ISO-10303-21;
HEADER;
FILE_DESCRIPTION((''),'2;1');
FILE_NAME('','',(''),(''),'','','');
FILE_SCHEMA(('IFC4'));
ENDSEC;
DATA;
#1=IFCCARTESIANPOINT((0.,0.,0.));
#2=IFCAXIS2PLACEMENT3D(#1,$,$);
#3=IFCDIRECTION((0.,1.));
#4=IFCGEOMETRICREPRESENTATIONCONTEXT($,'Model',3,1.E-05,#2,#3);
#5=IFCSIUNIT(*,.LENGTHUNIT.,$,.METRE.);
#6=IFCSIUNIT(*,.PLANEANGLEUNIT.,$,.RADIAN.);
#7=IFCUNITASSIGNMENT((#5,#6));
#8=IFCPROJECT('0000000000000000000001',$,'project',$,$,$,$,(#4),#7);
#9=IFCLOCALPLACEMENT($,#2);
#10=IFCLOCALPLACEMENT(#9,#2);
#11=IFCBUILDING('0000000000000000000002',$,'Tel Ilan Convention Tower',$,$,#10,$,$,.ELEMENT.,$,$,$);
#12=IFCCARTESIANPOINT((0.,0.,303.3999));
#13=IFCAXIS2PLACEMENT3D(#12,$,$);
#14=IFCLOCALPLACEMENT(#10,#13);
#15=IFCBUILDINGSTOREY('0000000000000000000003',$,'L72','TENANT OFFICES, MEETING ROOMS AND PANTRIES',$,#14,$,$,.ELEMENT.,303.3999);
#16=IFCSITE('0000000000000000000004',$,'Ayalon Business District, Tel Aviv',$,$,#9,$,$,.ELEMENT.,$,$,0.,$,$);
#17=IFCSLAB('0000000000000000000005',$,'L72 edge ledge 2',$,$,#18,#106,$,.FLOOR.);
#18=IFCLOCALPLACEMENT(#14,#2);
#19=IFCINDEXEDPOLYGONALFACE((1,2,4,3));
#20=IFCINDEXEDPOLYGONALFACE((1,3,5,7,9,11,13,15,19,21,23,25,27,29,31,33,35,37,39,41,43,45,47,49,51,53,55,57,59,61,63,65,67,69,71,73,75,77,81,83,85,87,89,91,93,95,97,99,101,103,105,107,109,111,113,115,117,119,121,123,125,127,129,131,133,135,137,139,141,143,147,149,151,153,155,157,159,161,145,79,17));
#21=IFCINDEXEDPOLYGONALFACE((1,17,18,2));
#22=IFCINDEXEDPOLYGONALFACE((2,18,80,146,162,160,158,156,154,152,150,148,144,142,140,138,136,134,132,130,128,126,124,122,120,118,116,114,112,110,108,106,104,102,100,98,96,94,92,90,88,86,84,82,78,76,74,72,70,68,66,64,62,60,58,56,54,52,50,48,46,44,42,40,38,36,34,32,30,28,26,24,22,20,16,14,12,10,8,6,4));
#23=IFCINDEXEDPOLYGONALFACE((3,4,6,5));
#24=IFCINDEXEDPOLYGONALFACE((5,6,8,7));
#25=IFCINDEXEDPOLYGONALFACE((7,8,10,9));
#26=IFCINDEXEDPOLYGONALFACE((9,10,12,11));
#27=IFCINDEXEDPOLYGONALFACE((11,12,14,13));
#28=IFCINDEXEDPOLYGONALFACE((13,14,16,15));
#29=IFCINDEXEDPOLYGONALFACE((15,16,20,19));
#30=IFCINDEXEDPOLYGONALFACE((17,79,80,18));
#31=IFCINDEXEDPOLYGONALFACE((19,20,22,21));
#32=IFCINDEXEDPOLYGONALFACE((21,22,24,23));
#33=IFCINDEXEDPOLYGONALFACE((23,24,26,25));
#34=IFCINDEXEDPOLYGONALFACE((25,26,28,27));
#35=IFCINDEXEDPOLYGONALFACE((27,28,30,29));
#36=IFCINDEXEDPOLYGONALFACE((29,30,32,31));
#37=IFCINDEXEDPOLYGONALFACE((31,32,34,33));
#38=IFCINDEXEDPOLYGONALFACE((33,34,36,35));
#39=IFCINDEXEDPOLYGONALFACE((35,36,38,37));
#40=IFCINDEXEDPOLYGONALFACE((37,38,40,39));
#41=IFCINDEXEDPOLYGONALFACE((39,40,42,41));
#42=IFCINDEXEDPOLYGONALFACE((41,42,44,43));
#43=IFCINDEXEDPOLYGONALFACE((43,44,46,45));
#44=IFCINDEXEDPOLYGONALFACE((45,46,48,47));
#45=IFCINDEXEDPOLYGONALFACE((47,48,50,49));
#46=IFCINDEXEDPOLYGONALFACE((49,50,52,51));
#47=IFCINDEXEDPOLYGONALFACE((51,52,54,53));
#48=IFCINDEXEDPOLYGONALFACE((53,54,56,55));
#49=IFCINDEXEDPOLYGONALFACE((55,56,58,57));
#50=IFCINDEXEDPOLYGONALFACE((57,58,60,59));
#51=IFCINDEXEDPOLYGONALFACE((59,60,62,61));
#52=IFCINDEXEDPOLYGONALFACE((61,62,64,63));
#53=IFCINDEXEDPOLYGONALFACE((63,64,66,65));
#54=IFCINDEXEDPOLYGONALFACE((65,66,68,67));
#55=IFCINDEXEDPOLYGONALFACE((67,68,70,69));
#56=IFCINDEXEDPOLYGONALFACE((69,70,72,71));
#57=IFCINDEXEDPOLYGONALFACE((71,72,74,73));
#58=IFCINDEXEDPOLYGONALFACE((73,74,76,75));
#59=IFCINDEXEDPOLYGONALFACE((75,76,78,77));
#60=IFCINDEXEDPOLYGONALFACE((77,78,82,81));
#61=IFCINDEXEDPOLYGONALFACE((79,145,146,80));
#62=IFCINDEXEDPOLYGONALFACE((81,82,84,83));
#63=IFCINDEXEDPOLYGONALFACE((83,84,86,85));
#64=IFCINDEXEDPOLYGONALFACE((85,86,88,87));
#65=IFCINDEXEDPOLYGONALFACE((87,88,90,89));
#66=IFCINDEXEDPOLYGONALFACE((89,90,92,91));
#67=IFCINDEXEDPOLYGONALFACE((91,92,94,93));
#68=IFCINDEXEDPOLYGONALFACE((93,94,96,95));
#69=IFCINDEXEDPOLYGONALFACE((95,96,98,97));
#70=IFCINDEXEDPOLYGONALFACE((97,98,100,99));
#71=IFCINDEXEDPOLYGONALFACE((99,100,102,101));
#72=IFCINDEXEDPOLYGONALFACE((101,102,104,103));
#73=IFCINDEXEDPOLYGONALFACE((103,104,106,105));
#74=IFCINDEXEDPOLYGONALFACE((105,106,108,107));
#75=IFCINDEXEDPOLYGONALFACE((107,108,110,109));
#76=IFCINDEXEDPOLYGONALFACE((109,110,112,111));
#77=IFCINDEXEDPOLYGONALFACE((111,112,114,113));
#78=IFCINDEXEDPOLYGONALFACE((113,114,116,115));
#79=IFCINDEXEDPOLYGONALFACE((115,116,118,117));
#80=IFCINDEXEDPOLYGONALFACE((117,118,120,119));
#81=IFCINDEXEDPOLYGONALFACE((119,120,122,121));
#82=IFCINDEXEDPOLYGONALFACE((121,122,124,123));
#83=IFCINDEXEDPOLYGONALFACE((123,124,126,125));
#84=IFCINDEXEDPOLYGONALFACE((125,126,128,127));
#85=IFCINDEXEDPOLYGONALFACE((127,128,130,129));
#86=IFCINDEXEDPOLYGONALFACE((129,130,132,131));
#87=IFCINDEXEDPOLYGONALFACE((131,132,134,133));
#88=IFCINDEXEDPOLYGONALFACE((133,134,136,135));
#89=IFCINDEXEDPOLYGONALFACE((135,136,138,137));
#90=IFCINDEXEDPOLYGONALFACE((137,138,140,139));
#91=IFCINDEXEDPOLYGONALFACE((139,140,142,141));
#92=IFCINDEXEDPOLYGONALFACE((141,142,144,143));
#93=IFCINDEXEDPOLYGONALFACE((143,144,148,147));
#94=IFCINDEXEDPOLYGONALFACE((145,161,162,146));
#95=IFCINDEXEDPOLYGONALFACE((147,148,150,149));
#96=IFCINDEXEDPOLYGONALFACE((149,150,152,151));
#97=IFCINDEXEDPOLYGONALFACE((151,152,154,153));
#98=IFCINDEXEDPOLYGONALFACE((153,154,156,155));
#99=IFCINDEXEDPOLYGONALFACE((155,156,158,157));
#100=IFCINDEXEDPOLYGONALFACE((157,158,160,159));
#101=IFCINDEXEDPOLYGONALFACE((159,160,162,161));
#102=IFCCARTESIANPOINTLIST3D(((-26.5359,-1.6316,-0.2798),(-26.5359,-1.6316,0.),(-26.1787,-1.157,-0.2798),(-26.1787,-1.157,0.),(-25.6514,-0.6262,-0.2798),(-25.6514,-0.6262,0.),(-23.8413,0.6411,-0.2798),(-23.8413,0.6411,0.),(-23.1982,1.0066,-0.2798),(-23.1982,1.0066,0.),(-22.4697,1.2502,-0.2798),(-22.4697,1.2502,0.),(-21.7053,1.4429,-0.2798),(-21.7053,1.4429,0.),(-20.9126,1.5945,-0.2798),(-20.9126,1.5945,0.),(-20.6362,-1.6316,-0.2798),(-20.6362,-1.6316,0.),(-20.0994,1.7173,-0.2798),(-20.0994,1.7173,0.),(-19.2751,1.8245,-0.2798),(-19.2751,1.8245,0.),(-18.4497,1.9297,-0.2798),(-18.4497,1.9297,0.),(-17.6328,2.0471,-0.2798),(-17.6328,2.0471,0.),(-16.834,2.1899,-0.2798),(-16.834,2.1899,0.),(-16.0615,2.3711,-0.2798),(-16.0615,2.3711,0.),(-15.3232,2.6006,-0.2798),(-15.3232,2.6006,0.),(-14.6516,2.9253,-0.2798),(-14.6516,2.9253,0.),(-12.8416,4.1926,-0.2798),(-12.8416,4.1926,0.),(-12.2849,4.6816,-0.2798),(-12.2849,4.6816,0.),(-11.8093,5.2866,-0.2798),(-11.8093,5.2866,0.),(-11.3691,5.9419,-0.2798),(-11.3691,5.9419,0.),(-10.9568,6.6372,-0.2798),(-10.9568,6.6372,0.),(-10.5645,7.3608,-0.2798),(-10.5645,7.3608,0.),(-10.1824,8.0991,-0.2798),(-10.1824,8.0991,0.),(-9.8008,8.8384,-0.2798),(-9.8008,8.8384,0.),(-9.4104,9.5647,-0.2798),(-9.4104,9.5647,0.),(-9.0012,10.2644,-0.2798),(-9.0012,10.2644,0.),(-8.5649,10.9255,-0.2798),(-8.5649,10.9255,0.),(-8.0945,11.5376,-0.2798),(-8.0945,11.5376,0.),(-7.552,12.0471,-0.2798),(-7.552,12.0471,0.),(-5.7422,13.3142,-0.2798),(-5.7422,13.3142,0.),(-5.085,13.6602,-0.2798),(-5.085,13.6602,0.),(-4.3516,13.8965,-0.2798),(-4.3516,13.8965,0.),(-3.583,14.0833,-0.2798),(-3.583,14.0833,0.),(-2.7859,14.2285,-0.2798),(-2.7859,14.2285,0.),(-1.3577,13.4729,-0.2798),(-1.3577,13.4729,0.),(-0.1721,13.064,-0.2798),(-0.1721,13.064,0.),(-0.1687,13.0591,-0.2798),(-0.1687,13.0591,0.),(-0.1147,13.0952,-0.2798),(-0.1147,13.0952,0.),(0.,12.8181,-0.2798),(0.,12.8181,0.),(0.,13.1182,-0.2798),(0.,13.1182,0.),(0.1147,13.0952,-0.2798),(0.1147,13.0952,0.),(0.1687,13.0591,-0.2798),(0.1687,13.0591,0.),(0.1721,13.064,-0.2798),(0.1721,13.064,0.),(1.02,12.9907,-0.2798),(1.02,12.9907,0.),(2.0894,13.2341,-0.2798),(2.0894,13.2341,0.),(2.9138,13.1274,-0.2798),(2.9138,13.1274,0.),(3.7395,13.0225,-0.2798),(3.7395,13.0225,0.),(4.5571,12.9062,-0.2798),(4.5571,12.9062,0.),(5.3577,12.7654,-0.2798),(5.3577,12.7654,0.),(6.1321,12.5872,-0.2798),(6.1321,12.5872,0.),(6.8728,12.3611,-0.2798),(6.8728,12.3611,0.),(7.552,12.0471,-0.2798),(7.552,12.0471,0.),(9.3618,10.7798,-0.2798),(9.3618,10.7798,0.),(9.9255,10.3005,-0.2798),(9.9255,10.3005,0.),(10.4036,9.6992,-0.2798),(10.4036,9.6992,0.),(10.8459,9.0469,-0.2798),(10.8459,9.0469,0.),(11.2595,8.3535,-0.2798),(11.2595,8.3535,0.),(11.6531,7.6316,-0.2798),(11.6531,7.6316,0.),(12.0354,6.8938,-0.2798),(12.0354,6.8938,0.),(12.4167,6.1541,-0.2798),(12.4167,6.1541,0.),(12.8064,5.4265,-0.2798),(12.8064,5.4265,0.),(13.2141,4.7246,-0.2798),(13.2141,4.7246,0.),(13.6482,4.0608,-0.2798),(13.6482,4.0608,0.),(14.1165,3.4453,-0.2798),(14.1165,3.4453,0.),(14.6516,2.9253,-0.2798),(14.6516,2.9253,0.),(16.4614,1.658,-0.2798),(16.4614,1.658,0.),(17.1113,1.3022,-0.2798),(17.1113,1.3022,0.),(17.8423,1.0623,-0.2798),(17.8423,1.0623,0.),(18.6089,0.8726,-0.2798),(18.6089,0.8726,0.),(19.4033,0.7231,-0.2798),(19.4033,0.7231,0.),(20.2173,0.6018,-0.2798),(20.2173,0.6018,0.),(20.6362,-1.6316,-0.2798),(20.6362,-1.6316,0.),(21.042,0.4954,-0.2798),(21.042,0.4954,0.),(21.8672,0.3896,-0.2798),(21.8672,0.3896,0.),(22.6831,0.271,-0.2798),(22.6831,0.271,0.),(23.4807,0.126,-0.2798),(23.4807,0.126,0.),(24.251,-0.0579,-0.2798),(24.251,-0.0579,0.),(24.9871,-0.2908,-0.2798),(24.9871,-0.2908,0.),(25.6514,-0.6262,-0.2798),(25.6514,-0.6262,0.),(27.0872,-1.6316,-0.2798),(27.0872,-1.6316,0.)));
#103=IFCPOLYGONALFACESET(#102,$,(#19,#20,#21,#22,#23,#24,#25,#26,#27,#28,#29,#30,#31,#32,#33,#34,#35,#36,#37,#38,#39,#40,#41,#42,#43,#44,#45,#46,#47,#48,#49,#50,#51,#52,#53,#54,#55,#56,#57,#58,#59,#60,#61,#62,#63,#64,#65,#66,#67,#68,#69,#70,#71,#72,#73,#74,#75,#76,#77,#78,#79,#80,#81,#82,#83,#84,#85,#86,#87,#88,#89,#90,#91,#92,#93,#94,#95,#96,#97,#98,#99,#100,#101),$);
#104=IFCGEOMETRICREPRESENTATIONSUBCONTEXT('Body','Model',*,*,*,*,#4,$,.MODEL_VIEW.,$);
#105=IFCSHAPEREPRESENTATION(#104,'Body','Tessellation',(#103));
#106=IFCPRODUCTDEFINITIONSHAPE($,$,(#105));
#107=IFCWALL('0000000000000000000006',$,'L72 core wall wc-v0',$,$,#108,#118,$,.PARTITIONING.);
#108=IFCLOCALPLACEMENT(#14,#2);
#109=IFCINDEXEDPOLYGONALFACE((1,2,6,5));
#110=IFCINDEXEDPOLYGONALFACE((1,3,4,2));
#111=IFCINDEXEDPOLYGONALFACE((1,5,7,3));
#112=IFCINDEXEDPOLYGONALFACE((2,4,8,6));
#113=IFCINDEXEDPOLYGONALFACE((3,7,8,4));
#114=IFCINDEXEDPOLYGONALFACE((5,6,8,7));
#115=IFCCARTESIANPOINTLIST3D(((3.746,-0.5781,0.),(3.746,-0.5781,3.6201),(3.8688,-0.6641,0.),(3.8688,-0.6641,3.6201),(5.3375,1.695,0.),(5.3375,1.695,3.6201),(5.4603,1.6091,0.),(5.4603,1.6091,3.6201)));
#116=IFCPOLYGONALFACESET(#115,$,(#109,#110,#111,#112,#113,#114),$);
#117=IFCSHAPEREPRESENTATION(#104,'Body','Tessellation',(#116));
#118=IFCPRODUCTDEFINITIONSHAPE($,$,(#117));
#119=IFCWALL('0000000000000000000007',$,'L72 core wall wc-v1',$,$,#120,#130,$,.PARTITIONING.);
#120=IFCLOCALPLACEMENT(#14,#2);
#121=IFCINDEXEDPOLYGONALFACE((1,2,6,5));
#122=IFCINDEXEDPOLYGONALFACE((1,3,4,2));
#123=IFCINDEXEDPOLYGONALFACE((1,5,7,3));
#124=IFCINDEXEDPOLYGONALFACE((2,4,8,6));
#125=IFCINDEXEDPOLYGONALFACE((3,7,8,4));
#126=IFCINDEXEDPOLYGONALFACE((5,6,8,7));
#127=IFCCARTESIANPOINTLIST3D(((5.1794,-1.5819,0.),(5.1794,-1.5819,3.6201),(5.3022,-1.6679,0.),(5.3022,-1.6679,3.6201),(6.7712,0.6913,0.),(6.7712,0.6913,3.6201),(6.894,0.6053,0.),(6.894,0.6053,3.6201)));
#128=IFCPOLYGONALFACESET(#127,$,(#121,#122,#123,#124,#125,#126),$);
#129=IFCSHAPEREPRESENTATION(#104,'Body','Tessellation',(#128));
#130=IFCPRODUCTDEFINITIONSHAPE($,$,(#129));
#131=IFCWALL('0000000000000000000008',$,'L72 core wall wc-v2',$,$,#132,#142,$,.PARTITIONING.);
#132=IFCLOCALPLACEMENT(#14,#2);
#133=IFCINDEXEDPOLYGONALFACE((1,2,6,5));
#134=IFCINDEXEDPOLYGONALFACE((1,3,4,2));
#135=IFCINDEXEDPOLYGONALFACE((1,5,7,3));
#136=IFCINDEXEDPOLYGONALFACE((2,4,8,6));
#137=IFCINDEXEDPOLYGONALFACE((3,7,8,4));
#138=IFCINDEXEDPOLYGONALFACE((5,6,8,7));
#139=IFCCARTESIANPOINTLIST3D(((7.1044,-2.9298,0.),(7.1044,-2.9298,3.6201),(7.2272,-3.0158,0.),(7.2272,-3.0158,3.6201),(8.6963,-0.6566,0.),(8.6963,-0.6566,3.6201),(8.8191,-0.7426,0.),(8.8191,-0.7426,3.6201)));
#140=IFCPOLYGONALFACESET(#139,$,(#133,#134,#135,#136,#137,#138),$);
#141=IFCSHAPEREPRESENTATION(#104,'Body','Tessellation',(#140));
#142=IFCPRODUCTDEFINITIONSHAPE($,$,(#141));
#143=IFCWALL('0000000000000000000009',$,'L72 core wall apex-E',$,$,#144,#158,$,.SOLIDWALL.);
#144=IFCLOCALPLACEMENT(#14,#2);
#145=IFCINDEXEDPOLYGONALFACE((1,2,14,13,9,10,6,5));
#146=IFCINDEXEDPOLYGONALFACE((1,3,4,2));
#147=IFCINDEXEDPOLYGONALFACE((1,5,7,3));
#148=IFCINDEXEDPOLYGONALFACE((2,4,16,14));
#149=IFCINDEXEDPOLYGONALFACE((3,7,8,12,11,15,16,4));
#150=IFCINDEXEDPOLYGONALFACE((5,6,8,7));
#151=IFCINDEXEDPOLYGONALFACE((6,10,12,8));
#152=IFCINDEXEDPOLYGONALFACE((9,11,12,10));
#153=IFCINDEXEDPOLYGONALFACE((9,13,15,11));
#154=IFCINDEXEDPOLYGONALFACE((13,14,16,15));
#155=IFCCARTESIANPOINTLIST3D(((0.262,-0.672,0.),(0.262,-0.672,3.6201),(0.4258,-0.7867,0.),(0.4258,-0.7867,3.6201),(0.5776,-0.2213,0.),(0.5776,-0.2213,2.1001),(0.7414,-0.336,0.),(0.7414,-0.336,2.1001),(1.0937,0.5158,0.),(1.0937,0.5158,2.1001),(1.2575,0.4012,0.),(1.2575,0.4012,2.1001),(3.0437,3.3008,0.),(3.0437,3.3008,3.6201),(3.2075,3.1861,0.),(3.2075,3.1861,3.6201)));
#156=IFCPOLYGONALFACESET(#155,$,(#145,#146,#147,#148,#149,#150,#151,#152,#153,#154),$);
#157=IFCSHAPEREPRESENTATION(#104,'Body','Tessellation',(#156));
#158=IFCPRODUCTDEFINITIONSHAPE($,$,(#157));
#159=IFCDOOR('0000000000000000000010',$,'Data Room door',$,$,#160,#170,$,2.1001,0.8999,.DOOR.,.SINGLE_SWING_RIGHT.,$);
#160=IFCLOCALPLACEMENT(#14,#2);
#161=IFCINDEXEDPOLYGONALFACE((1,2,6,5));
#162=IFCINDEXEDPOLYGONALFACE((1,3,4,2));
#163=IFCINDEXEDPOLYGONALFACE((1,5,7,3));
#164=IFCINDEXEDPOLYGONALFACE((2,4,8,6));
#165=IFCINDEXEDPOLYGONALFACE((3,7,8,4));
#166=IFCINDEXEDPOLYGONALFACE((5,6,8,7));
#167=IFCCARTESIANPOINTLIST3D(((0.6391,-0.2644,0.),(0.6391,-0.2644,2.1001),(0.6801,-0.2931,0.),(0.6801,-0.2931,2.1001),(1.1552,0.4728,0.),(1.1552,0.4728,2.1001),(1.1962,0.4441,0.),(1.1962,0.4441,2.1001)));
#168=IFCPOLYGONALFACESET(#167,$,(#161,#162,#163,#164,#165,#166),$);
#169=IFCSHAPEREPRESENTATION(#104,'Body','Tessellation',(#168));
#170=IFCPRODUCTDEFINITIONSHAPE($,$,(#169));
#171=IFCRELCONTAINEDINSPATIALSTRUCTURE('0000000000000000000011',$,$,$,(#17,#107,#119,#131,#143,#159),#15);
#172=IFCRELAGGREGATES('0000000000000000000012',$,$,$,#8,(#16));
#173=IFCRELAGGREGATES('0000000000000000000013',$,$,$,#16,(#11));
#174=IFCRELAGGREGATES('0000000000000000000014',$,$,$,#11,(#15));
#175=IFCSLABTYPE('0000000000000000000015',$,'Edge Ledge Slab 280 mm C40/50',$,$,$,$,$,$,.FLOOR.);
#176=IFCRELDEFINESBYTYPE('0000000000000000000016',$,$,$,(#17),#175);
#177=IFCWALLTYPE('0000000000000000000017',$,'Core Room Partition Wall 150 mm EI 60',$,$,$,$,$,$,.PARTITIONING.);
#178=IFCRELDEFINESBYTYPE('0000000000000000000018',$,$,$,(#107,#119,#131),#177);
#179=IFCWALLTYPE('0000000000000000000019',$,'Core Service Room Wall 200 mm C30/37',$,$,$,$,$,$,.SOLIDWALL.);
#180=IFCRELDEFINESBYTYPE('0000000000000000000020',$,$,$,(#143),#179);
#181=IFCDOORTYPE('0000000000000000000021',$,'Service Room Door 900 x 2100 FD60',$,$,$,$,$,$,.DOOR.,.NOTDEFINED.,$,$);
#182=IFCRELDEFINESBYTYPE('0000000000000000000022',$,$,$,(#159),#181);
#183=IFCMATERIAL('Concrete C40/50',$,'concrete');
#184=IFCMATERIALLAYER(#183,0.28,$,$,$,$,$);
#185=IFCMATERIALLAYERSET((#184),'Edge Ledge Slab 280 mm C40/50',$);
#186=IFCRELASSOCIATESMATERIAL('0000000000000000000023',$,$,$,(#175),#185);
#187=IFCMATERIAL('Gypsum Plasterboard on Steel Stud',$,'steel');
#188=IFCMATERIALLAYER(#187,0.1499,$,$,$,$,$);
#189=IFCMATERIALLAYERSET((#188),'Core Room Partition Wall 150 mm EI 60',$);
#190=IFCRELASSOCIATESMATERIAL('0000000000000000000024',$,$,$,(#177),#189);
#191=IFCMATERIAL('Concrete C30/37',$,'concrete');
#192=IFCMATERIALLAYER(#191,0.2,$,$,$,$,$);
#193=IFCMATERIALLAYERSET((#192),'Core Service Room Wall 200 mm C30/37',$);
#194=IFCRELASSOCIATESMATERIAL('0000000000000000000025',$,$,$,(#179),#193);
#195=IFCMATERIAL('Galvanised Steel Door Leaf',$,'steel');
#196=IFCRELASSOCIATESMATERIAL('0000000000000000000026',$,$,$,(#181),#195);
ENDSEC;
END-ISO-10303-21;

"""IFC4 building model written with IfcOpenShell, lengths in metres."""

from ifc_helpers import new_model, si_unit, direction, frame, frame_2d, origin, place, context, subcontext, project, spatial, polyline, rectangle, outline, extrude, material, layer, layer_set, type_object, element, fill, save


model = new_model("IFC4")

# Units and contexts
model_context = context("Model", 3, precision=1e-05, world=origin(), true_north=direction((0.0, 1.0)))
body_context = subcontext(model_context, "Body", "Model", "MODEL_VIEW")
ifc_project = project(units=[si_unit("LENGTHUNIT", "METRE"), si_unit("PLANEANGLEUNIT", "RADIAN")], contexts=[model_context])

# Site, building, storey
site_placement = place(None, origin())
site = spatial("IfcSite", under=ifc_project, at=site_placement, Name="Ayalon Business District, Tel Aviv", CompositionType="ELEMENT", RefElevation=0.0)
building_placement = place(site_placement, origin())
building = spatial("IfcBuilding", under=site, at=building_placement, Name="Tel Ilan Convention Tower", CompositionType="ELEMENT")
storey_placement = place(building_placement, frame((0.0, 0.0, 303.3999)))
storey = spatial("IfcBuildingStorey", under=building, at=storey_placement, Name="L72", Description="TENANT OFFICES, MEETING ROOMS AND PANTRIES", CompositionType="ELEMENT", Elevation=303.3999)

# Slab
ifc_material_1 = material(Name="Concrete C40/50", Category="concrete")
ifc_layer_1 = layer(ifc_material_1, 0.28)
ifc_layer_set_1 = layer_set([ifc_layer_1], Name="Edge Ledge Slab 280 mm C40/50")
slab_type_1 = type_object("IfcSlabType", Name="Edge Ledge Slab 280 mm C40/50", PredefinedType="FLOOR", material=ifc_layer_set_1)
slab_1_placement = place(storey_placement, frame((0.0, 0.0, -0.2798)))
element("IfcSlab", 1, at=slab_1_placement, inside=storey, type_object=slab_type_1, Name="L72 edge ledge 2", PredefinedType="FLOOR", context=body_context, shape_type="SweptSolid", body=[
    extrude(outline(polyline([(-23.1982, 1.0066), (-22.4697, 1.2502), (-21.7053, 1.4429), (-20.9126, 1.5945), (-20.0994, 1.7173), (-19.2751, 1.8245), (-18.4497, 1.9297), (-17.6328, 2.0471), (-16.834, 2.1899), (-16.0615, 2.3711), (-15.3232, 2.6006), (-14.6516, 2.9253), (-12.8416, 4.1926), (-12.2849, 4.6816), (-11.8093, 5.2866), (-11.3691, 5.9419), (-10.9568, 6.6372), (-10.5645, 7.3608), (-10.1824, 8.0991), (-9.8008, 8.8384), (-9.4104, 9.5647), (-9.0012, 10.2644), (-8.5649, 10.9255), (-8.0945, 11.5376), (-7.552, 12.0471), (-5.7422, 13.3142), (-5.085, 13.6602), (-4.3516, 13.8965), (-3.583, 14.0833), (-2.7859, 14.2285), (-1.3577, 13.4729), (-0.1721, 13.064), (-0.1687, 13.0591), (-0.1147, 13.0952), (0.0, 13.1182), (0.1147, 13.0952), (0.1687, 13.0591), (0.1721, 13.064), (1.02, 12.9907), (2.0894, 13.2341), (2.9138, 13.1274), (3.7395, 13.0225), (4.5571, 12.9062), (5.3577, 12.7654), (6.1321, 12.5872), (6.8728, 12.3611), (7.552, 12.0471), (9.3618, 10.7798), (9.9255, 10.3005), (10.4036, 9.6992), (10.8459, 9.0469), (11.2595, 8.3535), (11.6531, 7.6316), (12.0354, 6.8938), (12.4167, 6.1541), (12.8064, 5.4265), (13.2141, 4.7246), (13.6482, 4.0608), (14.1165, 3.4453), (14.6516, 2.9253), (16.4614, 1.658), (17.1113, 1.3022), (17.8423, 1.0623), (18.6089, 0.8726), (19.4033, 0.7231), (20.2173, 0.6018), (21.042, 0.4954), (21.8672, 0.3896), (22.6831, 0.271), (23.4807, 0.126), (24.251, -0.0579), (24.9871, -0.2908), (25.6514, -0.6262), (27.0872, -1.6316), (20.6362, -1.6316), (0.0, 12.8181), (-20.6362, -1.6316), (-26.5359, -1.6316), (-26.1787, -1.157), (-25.6514, -0.6262), (-23.8413, 0.6411), (-23.1982, 1.0066)])), origin(), (0.0, 0.0, 1.0), 0.2798),
])

# Walls
ifc_material_2 = material(Name="Gypsum Plasterboard on Steel Stud", Category="steel")
ifc_layer_2 = layer(ifc_material_2, 0.1499)
ifc_layer_set_2 = layer_set([ifc_layer_2], Name="Core Room Partition Wall 150 mm EI 60")
wall_type_1 = type_object("IfcWallType", Name="Core Room Partition Wall 150 mm EI 60", PredefinedType="PARTITIONING", material=ifc_layer_set_2)
wall_1_placement = place(storey_placement, frame((3.8074, -0.6211, 0.0), z_axis=(0.0, 0.0, 1.0), x_axis=(0.573539, 0.819178, 0.0)))
element("IfcWall", 2, at=wall_1_placement, inside=storey, type_object=wall_type_1, Name="L72 core wall wc-v0", PredefinedType="PARTITIONING", context=body_context, shape_type="SweptSolid", body=[
    extrude(rectangle(XDim=2.7749, YDim=0.1499, at=frame_2d((1.3875, 0.0))), origin(), (0.0, 0.0, 1.0), 3.6201),
])
for number, where, z_axis, x_axis, name in (
    (3, (5.2407, -1.625, 0.0), (0.0, 0.0, 1.0), (0.573598, 0.819137, 0.0), "L72 core wall wc-v1"),
    (4, (7.1658, -2.9729, 0.0), (0.0, 0.0, 1.0), (0.573598, 0.819137, 0.0), "L72 core wall wc-v2"),
):
    element("IfcWall", number, at=place(storey_placement, frame(where, z_axis=z_axis, x_axis=x_axis)), inside=storey, type_object=wall_type_1, Name=name, PredefinedType="PARTITIONING", context=body_context, shape_type="SweptSolid", body=[
        extrude(rectangle(XDim=2.7751, YDim=0.1499, at=frame_2d((1.3877, 0.0))), origin(), (0.0, 0.0, 1.0), 3.6201),
    ])

# Wall, opening, door
ifc_material_3 = material(Name="Concrete C30/37", Category="concrete")
ifc_layer_3 = layer(ifc_material_3, 0.2)
ifc_layer_set_3 = layer_set([ifc_layer_3], Name="Core Service Room Wall 200 mm C30/37")
wall_type_2 = type_object("IfcWallType", Name="Core Service Room Wall 200 mm C30/37", PredefinedType="SOLIDWALL", material=ifc_layer_set_3)
wall_2_placement = place(storey_placement, frame((0.344, -0.7292, 0.0), z_axis=(0.0, 0.0, 1.0), x_axis=(0.57356, 0.819163, 0.0)))
wall_2 = element("IfcWall", 5, at=wall_2_placement, inside=storey, type_object=wall_type_2, Name="L72 core wall apex-E", PredefinedType="SOLIDWALL", context=body_context, shape_type="SweptSolid", body=[
    extrude(rectangle(XDim=4.8499, YDim=0.2, at=frame_2d((2.4248, 0.0))), origin(), (0.0, 0.0, 1.0), 3.6201),
])
opening_1_placement = place(wall_2_placement, frame((0.55, 0.0, 0.0)))
opening_1 = element("IfcOpeningElement", 6, at=opening_1_placement, cuts=wall_2, PredefinedType="OPENING", context=body_context, shape_type="SweptSolid", body=[
    extrude(rectangle(XDim=0.8999, YDim=2.1001, at=frame_2d((0.45, 1.05))), frame((0.0, 0.1099, 0.0), z_axis=(0.0, -1.0, 0.0), x_axis=(1.0, 0.0, 0.0)), (0.0, 0.0, 1.0), 0.22),
])
ifc_material_4 = material(Name="Galvanised Steel Door Leaf", Category="steel")
door_type_1 = type_object("IfcDoorType", Name="Service Room Door 900 x 2100 FD60", OperationType="NOTDEFINED", PredefinedType="DOOR", material=ifc_material_4)
door_1_placement = place(opening_1_placement, origin())
door_1 = element("IfcDoor", 7, at=door_1_placement, inside=storey, type_object=door_type_1, Name="Data Room door", OperationType="SINGLE_SWING_RIGHT", OverallHeight=2.1001, OverallWidth=0.8999, PredefinedType="DOOR", context=body_context, shape_type="SweptSolid", body=[
    extrude(rectangle(XDim=0.8999, YDim=2.1001, at=frame_2d((0.45, 1.05))), frame((0.0, 0.0249, 0.0), z_axis=(0.0, -1.0, 0.0), x_axis=(1.0, 0.0, 0.0)), (0.0, 0.0, 1.0), 0.05),
])
fill(opening_1, door_1)

save(model, "model.ifc")
